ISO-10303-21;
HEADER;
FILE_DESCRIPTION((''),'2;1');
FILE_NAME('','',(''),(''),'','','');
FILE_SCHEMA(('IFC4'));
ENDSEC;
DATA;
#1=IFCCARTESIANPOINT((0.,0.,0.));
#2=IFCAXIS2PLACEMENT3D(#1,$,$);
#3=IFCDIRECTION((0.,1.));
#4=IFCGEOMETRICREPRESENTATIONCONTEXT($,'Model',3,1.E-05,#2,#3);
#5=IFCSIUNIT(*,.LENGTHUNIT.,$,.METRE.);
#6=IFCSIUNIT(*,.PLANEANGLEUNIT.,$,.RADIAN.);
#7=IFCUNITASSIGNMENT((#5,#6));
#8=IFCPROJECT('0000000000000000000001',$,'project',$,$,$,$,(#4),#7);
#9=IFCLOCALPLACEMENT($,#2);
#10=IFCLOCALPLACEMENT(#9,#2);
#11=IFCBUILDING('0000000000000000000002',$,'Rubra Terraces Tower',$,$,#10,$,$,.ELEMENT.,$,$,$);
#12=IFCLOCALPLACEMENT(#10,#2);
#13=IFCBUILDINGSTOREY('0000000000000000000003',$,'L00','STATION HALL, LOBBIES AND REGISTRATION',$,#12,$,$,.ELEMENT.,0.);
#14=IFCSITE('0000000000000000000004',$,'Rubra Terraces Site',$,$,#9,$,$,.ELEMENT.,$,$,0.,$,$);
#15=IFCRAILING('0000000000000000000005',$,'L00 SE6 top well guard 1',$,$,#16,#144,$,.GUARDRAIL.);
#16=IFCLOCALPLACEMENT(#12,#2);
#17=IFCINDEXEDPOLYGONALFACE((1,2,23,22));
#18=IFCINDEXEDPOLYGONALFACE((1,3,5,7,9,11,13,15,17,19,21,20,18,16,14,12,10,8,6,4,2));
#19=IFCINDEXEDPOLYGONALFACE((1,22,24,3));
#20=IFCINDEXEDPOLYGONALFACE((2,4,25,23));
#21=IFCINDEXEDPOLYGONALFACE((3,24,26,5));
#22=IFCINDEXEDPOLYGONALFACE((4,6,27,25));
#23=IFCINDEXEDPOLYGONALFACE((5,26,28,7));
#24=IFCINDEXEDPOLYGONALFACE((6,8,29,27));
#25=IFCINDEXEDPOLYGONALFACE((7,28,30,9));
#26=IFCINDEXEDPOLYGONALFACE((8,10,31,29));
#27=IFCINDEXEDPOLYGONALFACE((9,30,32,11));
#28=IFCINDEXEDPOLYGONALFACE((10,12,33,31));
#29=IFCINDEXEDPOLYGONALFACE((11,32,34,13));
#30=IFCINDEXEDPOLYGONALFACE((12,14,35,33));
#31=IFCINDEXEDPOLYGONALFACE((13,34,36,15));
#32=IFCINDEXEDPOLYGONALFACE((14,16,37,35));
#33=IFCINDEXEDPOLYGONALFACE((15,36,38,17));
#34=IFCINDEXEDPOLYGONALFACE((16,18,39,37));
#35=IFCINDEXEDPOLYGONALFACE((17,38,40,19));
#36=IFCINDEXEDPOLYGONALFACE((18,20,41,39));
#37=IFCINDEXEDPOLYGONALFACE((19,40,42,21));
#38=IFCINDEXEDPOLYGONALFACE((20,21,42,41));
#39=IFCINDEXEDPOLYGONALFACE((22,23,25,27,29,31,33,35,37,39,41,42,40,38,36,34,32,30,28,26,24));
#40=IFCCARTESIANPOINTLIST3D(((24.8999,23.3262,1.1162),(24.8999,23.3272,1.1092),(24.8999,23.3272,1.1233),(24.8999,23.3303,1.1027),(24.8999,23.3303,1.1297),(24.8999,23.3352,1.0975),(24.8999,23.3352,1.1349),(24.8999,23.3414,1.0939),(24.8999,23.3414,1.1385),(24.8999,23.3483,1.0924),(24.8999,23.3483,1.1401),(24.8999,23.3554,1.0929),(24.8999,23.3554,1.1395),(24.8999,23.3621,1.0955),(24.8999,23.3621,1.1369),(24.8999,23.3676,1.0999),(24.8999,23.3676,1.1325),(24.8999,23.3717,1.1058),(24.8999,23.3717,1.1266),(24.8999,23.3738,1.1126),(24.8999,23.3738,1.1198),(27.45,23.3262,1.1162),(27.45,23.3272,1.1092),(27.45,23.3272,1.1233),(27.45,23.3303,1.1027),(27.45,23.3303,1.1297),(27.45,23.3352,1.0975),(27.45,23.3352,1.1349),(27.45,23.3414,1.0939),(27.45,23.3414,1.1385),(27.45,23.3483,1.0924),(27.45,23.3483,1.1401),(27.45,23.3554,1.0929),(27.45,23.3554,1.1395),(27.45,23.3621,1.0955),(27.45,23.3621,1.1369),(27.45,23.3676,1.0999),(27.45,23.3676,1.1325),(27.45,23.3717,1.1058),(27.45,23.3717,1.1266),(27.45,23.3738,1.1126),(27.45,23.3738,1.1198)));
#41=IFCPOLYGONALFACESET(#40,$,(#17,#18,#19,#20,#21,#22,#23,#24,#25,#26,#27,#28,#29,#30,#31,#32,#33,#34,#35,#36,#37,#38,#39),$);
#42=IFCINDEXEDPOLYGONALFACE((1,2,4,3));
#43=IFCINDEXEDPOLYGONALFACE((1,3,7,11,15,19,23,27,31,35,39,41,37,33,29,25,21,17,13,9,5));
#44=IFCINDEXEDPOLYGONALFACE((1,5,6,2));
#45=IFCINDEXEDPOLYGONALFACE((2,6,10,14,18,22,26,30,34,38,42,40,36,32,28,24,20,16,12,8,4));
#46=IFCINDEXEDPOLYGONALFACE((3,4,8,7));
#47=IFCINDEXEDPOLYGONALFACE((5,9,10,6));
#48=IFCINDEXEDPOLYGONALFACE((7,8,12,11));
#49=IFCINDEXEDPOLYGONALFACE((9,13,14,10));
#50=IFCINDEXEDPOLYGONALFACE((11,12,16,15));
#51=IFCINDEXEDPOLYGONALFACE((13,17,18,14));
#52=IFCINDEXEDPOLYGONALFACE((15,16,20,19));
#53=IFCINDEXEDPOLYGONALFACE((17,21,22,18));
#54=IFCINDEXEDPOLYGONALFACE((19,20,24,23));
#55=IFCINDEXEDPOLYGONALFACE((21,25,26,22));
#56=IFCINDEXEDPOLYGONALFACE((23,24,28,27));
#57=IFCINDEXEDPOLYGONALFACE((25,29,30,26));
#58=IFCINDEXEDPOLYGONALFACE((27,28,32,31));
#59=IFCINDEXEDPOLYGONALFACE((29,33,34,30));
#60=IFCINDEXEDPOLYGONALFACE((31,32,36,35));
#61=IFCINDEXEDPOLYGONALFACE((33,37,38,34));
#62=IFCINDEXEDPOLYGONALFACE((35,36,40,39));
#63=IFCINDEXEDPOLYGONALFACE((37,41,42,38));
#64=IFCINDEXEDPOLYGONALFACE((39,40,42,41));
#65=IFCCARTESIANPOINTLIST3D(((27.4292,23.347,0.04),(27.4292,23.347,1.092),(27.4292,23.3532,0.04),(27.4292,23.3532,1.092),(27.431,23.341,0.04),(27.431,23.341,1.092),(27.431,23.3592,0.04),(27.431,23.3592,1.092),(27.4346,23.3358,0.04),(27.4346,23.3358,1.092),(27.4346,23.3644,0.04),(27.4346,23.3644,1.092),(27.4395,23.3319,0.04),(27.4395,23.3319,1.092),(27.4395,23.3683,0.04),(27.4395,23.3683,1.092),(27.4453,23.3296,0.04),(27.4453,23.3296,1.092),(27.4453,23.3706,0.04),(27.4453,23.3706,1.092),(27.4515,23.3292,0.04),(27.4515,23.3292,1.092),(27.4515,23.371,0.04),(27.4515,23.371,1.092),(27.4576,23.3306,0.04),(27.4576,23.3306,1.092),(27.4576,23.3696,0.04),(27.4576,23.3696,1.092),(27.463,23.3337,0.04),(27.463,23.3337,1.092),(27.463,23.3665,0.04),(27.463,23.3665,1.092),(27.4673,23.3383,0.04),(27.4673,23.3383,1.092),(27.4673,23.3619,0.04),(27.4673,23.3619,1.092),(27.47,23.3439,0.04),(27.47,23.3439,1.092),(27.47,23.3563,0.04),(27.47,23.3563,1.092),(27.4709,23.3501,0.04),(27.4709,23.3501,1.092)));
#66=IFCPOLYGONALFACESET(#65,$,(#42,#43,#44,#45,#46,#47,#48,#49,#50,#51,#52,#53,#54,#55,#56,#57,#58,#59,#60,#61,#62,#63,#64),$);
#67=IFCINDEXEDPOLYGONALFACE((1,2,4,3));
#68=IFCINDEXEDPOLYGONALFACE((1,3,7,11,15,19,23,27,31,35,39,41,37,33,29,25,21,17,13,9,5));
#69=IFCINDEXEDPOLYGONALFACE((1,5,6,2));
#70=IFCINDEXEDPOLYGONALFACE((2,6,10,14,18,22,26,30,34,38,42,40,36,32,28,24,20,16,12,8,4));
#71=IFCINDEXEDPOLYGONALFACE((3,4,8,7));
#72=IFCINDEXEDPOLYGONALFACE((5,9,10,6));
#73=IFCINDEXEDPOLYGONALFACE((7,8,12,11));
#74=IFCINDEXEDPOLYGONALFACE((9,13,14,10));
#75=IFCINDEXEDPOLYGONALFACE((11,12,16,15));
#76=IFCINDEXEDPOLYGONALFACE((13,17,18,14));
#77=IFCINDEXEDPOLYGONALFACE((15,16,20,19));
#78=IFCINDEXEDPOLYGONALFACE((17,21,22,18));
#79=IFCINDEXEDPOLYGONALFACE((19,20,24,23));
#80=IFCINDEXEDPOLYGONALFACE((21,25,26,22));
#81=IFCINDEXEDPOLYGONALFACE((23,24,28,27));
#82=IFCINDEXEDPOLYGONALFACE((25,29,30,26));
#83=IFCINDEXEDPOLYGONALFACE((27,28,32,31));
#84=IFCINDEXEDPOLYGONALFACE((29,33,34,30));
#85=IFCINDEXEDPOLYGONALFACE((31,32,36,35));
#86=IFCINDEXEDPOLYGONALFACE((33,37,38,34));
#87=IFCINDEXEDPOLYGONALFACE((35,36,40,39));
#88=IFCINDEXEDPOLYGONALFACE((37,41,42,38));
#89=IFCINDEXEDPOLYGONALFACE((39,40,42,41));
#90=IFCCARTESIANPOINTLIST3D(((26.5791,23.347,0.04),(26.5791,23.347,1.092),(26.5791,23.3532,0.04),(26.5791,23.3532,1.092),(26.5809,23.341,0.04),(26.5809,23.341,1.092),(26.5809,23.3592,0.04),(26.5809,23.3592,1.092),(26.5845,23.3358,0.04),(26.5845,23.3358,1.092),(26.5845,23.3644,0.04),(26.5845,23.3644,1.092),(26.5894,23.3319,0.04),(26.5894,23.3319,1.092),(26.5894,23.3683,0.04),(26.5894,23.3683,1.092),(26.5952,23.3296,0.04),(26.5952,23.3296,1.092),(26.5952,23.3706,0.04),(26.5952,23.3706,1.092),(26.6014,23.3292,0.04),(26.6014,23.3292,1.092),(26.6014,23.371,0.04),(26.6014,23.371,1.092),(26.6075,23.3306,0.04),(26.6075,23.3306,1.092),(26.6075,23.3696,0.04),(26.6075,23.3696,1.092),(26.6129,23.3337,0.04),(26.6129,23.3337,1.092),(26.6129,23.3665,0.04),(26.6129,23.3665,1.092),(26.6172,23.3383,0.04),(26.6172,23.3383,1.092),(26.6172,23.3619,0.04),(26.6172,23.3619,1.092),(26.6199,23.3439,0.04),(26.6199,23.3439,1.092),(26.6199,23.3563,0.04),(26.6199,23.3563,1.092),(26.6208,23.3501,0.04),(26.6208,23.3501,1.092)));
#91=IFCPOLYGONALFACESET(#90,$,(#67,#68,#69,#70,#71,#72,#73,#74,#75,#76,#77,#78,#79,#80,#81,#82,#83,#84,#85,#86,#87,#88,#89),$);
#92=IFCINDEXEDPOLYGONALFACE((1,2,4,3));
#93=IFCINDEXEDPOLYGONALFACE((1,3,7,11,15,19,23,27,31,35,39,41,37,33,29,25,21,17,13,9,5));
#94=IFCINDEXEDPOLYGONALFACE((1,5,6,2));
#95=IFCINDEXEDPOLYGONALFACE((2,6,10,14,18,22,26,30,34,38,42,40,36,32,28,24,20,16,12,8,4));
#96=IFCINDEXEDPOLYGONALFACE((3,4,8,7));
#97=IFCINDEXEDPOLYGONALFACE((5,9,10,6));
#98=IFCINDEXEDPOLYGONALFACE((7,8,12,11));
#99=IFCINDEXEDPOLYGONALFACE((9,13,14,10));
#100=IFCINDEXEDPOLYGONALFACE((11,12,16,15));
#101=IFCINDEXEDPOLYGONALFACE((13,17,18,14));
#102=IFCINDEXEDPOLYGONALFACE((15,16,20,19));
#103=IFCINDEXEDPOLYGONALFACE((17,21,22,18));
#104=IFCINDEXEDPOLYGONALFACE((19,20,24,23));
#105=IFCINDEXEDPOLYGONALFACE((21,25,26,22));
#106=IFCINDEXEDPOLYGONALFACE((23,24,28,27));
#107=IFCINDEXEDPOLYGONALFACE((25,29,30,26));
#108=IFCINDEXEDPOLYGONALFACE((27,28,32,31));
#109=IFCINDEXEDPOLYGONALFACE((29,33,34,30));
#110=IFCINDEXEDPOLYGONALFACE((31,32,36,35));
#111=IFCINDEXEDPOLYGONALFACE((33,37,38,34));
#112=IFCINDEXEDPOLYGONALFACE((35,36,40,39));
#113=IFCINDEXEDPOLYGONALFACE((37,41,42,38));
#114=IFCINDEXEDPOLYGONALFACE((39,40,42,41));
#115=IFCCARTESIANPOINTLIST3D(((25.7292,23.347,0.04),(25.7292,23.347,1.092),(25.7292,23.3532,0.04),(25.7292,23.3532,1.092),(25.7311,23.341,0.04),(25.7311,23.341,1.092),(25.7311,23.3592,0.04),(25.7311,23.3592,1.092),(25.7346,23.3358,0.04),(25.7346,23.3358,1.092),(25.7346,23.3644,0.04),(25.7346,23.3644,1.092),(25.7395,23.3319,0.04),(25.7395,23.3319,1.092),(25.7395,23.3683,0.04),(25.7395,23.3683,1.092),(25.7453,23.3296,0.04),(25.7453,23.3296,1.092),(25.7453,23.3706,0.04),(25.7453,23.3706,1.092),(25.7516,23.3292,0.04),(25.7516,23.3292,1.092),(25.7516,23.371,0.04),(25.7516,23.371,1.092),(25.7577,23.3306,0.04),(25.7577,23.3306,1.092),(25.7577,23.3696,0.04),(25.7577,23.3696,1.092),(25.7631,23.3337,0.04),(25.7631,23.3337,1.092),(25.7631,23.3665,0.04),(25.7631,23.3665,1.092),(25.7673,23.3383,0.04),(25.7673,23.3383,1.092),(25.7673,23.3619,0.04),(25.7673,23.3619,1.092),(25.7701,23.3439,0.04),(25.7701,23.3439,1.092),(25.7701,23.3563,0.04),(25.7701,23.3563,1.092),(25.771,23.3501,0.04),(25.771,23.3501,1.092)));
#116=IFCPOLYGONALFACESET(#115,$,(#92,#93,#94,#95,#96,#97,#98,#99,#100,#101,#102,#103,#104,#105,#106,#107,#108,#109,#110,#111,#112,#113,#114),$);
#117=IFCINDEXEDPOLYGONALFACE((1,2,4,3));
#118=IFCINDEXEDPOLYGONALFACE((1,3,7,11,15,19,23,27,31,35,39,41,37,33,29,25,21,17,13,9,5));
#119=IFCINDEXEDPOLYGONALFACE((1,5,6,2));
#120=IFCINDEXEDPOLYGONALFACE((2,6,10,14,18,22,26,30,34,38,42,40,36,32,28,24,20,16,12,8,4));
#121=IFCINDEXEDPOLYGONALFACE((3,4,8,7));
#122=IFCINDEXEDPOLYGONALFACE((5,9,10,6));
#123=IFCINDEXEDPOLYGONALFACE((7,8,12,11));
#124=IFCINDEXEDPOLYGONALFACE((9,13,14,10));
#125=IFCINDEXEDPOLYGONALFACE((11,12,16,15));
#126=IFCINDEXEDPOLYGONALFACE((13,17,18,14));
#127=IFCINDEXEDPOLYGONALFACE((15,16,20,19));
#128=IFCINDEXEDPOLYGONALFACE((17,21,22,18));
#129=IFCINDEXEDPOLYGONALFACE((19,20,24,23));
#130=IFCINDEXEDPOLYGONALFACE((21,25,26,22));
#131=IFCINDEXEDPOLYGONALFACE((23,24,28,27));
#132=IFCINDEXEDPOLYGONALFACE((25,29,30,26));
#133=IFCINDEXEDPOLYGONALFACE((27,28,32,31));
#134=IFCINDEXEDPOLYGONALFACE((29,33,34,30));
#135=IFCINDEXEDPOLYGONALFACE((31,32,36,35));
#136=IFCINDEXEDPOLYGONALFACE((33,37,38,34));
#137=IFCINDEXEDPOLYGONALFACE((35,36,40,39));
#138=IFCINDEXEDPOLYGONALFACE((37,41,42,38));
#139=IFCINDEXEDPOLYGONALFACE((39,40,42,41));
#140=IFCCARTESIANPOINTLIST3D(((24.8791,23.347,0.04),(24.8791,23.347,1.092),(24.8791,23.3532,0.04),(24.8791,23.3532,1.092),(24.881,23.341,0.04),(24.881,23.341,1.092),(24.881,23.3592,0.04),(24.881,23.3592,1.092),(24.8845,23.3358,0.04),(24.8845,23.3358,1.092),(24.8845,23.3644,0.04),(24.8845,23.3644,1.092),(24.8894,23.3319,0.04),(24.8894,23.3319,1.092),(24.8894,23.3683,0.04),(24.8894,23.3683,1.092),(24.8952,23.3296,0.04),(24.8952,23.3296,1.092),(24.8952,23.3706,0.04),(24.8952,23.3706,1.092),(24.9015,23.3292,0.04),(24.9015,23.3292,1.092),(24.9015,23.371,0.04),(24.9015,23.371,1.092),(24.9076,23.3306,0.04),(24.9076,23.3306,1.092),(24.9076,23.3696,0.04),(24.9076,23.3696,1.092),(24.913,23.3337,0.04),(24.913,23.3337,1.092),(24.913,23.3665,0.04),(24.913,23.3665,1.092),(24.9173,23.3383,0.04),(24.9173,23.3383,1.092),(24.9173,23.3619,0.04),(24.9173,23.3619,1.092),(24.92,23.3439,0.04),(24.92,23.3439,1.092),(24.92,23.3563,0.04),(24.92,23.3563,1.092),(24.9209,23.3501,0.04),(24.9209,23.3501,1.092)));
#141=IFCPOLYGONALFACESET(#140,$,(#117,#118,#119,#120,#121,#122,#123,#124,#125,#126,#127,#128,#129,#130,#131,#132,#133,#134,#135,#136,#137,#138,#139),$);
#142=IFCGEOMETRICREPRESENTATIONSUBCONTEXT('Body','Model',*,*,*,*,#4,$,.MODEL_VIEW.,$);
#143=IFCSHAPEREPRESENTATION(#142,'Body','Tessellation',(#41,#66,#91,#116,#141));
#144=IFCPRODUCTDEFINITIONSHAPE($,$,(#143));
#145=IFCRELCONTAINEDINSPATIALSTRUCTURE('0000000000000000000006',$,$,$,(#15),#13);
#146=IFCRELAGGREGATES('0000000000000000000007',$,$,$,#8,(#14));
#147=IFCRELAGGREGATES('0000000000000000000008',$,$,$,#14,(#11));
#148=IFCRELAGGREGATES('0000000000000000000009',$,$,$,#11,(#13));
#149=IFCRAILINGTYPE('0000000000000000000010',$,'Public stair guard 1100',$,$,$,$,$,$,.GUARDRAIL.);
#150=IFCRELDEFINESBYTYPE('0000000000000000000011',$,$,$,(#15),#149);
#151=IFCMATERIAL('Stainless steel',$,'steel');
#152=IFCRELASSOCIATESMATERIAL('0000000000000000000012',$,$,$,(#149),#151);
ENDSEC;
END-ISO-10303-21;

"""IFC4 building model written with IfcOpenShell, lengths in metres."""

from ifc_helpers import new_model, si_unit, direction, frame, origin, origin_2d, place, context, subcontext, project, spatial, circle, extrude, material, type_object, element, save


model = new_model("IFC4")

# Units and contexts
model_context = context("Model", 3, precision=1e-05, world=origin(), true_north=direction((0.0, 1.0)))
body_context = subcontext(model_context, "Body", "Model", "MODEL_VIEW")
ifc_project = project(units=[si_unit("LENGTHUNIT", "METRE"), si_unit("PLANEANGLEUNIT", "RADIAN")], contexts=[model_context])

# Site, building, storey
site_placement = place(None, origin())
site = spatial("IfcSite", under=ifc_project, at=site_placement, Name="Rubra Terraces Site", CompositionType="ELEMENT", RefElevation=0.0)
building_placement = place(site_placement, origin())
building = spatial("IfcBuilding", under=site, at=building_placement, Name="Rubra Terraces Tower", CompositionType="ELEMENT")
storey_placement = place(building_placement, origin())
storey = spatial("IfcBuildingStorey", under=building, at=storey_placement, Name="L00", Description="STATION HALL, LOBBIES AND REGISTRATION", CompositionType="ELEMENT", Elevation=0.0)

# Railing
ifc_material_1 = material(Name="Stainless steel", Category="steel")
railing_type_1 = type_object("IfcRailingType", Name="Public stair guard 1100", PredefinedType="GUARDRAIL", material=ifc_material_1)
railing_1_placement = place(storey_placement, frame((27.45, 23.3501, 0.04)))
element("IfcRailing", 1, at=railing_1_placement, inside=storey, type_object=railing_type_1, Name="L00 SE6 top well guard 1", PredefinedType="GUARDRAIL", context=body_context, shape_type="SweptSolid", body=[
    extrude(circle(Radius=0.0239, at=origin_2d()), frame((0.0, 0.0, 1.0762), z_axis=(-1.0, 0.0, 0.0), x_axis=(0.0, -1.0, 0.0)), (0.0, 0.0, 1.0), 2.55),
    extrude(circle(Radius=0.021, at=origin_2d()), origin(), (0.0, 0.0, 1.0), 1.052),
    extrude(circle(Radius=0.021, at=origin_2d()), frame((-0.8501, 0.0, 0.0)), (0.0, 0.0, 1.0), 1.052),
    extrude(circle(Radius=0.021, at=origin_2d()), frame((-1.7, 0.0, 0.0)), (0.0, 0.0, 1.0), 1.052),
    extrude(circle(Radius=0.021, at=origin_2d()), frame((-2.55, 0.0, 0.0)), (0.0, 0.0, 1.0), 1.052),
])

save(model, "model.ifc")
